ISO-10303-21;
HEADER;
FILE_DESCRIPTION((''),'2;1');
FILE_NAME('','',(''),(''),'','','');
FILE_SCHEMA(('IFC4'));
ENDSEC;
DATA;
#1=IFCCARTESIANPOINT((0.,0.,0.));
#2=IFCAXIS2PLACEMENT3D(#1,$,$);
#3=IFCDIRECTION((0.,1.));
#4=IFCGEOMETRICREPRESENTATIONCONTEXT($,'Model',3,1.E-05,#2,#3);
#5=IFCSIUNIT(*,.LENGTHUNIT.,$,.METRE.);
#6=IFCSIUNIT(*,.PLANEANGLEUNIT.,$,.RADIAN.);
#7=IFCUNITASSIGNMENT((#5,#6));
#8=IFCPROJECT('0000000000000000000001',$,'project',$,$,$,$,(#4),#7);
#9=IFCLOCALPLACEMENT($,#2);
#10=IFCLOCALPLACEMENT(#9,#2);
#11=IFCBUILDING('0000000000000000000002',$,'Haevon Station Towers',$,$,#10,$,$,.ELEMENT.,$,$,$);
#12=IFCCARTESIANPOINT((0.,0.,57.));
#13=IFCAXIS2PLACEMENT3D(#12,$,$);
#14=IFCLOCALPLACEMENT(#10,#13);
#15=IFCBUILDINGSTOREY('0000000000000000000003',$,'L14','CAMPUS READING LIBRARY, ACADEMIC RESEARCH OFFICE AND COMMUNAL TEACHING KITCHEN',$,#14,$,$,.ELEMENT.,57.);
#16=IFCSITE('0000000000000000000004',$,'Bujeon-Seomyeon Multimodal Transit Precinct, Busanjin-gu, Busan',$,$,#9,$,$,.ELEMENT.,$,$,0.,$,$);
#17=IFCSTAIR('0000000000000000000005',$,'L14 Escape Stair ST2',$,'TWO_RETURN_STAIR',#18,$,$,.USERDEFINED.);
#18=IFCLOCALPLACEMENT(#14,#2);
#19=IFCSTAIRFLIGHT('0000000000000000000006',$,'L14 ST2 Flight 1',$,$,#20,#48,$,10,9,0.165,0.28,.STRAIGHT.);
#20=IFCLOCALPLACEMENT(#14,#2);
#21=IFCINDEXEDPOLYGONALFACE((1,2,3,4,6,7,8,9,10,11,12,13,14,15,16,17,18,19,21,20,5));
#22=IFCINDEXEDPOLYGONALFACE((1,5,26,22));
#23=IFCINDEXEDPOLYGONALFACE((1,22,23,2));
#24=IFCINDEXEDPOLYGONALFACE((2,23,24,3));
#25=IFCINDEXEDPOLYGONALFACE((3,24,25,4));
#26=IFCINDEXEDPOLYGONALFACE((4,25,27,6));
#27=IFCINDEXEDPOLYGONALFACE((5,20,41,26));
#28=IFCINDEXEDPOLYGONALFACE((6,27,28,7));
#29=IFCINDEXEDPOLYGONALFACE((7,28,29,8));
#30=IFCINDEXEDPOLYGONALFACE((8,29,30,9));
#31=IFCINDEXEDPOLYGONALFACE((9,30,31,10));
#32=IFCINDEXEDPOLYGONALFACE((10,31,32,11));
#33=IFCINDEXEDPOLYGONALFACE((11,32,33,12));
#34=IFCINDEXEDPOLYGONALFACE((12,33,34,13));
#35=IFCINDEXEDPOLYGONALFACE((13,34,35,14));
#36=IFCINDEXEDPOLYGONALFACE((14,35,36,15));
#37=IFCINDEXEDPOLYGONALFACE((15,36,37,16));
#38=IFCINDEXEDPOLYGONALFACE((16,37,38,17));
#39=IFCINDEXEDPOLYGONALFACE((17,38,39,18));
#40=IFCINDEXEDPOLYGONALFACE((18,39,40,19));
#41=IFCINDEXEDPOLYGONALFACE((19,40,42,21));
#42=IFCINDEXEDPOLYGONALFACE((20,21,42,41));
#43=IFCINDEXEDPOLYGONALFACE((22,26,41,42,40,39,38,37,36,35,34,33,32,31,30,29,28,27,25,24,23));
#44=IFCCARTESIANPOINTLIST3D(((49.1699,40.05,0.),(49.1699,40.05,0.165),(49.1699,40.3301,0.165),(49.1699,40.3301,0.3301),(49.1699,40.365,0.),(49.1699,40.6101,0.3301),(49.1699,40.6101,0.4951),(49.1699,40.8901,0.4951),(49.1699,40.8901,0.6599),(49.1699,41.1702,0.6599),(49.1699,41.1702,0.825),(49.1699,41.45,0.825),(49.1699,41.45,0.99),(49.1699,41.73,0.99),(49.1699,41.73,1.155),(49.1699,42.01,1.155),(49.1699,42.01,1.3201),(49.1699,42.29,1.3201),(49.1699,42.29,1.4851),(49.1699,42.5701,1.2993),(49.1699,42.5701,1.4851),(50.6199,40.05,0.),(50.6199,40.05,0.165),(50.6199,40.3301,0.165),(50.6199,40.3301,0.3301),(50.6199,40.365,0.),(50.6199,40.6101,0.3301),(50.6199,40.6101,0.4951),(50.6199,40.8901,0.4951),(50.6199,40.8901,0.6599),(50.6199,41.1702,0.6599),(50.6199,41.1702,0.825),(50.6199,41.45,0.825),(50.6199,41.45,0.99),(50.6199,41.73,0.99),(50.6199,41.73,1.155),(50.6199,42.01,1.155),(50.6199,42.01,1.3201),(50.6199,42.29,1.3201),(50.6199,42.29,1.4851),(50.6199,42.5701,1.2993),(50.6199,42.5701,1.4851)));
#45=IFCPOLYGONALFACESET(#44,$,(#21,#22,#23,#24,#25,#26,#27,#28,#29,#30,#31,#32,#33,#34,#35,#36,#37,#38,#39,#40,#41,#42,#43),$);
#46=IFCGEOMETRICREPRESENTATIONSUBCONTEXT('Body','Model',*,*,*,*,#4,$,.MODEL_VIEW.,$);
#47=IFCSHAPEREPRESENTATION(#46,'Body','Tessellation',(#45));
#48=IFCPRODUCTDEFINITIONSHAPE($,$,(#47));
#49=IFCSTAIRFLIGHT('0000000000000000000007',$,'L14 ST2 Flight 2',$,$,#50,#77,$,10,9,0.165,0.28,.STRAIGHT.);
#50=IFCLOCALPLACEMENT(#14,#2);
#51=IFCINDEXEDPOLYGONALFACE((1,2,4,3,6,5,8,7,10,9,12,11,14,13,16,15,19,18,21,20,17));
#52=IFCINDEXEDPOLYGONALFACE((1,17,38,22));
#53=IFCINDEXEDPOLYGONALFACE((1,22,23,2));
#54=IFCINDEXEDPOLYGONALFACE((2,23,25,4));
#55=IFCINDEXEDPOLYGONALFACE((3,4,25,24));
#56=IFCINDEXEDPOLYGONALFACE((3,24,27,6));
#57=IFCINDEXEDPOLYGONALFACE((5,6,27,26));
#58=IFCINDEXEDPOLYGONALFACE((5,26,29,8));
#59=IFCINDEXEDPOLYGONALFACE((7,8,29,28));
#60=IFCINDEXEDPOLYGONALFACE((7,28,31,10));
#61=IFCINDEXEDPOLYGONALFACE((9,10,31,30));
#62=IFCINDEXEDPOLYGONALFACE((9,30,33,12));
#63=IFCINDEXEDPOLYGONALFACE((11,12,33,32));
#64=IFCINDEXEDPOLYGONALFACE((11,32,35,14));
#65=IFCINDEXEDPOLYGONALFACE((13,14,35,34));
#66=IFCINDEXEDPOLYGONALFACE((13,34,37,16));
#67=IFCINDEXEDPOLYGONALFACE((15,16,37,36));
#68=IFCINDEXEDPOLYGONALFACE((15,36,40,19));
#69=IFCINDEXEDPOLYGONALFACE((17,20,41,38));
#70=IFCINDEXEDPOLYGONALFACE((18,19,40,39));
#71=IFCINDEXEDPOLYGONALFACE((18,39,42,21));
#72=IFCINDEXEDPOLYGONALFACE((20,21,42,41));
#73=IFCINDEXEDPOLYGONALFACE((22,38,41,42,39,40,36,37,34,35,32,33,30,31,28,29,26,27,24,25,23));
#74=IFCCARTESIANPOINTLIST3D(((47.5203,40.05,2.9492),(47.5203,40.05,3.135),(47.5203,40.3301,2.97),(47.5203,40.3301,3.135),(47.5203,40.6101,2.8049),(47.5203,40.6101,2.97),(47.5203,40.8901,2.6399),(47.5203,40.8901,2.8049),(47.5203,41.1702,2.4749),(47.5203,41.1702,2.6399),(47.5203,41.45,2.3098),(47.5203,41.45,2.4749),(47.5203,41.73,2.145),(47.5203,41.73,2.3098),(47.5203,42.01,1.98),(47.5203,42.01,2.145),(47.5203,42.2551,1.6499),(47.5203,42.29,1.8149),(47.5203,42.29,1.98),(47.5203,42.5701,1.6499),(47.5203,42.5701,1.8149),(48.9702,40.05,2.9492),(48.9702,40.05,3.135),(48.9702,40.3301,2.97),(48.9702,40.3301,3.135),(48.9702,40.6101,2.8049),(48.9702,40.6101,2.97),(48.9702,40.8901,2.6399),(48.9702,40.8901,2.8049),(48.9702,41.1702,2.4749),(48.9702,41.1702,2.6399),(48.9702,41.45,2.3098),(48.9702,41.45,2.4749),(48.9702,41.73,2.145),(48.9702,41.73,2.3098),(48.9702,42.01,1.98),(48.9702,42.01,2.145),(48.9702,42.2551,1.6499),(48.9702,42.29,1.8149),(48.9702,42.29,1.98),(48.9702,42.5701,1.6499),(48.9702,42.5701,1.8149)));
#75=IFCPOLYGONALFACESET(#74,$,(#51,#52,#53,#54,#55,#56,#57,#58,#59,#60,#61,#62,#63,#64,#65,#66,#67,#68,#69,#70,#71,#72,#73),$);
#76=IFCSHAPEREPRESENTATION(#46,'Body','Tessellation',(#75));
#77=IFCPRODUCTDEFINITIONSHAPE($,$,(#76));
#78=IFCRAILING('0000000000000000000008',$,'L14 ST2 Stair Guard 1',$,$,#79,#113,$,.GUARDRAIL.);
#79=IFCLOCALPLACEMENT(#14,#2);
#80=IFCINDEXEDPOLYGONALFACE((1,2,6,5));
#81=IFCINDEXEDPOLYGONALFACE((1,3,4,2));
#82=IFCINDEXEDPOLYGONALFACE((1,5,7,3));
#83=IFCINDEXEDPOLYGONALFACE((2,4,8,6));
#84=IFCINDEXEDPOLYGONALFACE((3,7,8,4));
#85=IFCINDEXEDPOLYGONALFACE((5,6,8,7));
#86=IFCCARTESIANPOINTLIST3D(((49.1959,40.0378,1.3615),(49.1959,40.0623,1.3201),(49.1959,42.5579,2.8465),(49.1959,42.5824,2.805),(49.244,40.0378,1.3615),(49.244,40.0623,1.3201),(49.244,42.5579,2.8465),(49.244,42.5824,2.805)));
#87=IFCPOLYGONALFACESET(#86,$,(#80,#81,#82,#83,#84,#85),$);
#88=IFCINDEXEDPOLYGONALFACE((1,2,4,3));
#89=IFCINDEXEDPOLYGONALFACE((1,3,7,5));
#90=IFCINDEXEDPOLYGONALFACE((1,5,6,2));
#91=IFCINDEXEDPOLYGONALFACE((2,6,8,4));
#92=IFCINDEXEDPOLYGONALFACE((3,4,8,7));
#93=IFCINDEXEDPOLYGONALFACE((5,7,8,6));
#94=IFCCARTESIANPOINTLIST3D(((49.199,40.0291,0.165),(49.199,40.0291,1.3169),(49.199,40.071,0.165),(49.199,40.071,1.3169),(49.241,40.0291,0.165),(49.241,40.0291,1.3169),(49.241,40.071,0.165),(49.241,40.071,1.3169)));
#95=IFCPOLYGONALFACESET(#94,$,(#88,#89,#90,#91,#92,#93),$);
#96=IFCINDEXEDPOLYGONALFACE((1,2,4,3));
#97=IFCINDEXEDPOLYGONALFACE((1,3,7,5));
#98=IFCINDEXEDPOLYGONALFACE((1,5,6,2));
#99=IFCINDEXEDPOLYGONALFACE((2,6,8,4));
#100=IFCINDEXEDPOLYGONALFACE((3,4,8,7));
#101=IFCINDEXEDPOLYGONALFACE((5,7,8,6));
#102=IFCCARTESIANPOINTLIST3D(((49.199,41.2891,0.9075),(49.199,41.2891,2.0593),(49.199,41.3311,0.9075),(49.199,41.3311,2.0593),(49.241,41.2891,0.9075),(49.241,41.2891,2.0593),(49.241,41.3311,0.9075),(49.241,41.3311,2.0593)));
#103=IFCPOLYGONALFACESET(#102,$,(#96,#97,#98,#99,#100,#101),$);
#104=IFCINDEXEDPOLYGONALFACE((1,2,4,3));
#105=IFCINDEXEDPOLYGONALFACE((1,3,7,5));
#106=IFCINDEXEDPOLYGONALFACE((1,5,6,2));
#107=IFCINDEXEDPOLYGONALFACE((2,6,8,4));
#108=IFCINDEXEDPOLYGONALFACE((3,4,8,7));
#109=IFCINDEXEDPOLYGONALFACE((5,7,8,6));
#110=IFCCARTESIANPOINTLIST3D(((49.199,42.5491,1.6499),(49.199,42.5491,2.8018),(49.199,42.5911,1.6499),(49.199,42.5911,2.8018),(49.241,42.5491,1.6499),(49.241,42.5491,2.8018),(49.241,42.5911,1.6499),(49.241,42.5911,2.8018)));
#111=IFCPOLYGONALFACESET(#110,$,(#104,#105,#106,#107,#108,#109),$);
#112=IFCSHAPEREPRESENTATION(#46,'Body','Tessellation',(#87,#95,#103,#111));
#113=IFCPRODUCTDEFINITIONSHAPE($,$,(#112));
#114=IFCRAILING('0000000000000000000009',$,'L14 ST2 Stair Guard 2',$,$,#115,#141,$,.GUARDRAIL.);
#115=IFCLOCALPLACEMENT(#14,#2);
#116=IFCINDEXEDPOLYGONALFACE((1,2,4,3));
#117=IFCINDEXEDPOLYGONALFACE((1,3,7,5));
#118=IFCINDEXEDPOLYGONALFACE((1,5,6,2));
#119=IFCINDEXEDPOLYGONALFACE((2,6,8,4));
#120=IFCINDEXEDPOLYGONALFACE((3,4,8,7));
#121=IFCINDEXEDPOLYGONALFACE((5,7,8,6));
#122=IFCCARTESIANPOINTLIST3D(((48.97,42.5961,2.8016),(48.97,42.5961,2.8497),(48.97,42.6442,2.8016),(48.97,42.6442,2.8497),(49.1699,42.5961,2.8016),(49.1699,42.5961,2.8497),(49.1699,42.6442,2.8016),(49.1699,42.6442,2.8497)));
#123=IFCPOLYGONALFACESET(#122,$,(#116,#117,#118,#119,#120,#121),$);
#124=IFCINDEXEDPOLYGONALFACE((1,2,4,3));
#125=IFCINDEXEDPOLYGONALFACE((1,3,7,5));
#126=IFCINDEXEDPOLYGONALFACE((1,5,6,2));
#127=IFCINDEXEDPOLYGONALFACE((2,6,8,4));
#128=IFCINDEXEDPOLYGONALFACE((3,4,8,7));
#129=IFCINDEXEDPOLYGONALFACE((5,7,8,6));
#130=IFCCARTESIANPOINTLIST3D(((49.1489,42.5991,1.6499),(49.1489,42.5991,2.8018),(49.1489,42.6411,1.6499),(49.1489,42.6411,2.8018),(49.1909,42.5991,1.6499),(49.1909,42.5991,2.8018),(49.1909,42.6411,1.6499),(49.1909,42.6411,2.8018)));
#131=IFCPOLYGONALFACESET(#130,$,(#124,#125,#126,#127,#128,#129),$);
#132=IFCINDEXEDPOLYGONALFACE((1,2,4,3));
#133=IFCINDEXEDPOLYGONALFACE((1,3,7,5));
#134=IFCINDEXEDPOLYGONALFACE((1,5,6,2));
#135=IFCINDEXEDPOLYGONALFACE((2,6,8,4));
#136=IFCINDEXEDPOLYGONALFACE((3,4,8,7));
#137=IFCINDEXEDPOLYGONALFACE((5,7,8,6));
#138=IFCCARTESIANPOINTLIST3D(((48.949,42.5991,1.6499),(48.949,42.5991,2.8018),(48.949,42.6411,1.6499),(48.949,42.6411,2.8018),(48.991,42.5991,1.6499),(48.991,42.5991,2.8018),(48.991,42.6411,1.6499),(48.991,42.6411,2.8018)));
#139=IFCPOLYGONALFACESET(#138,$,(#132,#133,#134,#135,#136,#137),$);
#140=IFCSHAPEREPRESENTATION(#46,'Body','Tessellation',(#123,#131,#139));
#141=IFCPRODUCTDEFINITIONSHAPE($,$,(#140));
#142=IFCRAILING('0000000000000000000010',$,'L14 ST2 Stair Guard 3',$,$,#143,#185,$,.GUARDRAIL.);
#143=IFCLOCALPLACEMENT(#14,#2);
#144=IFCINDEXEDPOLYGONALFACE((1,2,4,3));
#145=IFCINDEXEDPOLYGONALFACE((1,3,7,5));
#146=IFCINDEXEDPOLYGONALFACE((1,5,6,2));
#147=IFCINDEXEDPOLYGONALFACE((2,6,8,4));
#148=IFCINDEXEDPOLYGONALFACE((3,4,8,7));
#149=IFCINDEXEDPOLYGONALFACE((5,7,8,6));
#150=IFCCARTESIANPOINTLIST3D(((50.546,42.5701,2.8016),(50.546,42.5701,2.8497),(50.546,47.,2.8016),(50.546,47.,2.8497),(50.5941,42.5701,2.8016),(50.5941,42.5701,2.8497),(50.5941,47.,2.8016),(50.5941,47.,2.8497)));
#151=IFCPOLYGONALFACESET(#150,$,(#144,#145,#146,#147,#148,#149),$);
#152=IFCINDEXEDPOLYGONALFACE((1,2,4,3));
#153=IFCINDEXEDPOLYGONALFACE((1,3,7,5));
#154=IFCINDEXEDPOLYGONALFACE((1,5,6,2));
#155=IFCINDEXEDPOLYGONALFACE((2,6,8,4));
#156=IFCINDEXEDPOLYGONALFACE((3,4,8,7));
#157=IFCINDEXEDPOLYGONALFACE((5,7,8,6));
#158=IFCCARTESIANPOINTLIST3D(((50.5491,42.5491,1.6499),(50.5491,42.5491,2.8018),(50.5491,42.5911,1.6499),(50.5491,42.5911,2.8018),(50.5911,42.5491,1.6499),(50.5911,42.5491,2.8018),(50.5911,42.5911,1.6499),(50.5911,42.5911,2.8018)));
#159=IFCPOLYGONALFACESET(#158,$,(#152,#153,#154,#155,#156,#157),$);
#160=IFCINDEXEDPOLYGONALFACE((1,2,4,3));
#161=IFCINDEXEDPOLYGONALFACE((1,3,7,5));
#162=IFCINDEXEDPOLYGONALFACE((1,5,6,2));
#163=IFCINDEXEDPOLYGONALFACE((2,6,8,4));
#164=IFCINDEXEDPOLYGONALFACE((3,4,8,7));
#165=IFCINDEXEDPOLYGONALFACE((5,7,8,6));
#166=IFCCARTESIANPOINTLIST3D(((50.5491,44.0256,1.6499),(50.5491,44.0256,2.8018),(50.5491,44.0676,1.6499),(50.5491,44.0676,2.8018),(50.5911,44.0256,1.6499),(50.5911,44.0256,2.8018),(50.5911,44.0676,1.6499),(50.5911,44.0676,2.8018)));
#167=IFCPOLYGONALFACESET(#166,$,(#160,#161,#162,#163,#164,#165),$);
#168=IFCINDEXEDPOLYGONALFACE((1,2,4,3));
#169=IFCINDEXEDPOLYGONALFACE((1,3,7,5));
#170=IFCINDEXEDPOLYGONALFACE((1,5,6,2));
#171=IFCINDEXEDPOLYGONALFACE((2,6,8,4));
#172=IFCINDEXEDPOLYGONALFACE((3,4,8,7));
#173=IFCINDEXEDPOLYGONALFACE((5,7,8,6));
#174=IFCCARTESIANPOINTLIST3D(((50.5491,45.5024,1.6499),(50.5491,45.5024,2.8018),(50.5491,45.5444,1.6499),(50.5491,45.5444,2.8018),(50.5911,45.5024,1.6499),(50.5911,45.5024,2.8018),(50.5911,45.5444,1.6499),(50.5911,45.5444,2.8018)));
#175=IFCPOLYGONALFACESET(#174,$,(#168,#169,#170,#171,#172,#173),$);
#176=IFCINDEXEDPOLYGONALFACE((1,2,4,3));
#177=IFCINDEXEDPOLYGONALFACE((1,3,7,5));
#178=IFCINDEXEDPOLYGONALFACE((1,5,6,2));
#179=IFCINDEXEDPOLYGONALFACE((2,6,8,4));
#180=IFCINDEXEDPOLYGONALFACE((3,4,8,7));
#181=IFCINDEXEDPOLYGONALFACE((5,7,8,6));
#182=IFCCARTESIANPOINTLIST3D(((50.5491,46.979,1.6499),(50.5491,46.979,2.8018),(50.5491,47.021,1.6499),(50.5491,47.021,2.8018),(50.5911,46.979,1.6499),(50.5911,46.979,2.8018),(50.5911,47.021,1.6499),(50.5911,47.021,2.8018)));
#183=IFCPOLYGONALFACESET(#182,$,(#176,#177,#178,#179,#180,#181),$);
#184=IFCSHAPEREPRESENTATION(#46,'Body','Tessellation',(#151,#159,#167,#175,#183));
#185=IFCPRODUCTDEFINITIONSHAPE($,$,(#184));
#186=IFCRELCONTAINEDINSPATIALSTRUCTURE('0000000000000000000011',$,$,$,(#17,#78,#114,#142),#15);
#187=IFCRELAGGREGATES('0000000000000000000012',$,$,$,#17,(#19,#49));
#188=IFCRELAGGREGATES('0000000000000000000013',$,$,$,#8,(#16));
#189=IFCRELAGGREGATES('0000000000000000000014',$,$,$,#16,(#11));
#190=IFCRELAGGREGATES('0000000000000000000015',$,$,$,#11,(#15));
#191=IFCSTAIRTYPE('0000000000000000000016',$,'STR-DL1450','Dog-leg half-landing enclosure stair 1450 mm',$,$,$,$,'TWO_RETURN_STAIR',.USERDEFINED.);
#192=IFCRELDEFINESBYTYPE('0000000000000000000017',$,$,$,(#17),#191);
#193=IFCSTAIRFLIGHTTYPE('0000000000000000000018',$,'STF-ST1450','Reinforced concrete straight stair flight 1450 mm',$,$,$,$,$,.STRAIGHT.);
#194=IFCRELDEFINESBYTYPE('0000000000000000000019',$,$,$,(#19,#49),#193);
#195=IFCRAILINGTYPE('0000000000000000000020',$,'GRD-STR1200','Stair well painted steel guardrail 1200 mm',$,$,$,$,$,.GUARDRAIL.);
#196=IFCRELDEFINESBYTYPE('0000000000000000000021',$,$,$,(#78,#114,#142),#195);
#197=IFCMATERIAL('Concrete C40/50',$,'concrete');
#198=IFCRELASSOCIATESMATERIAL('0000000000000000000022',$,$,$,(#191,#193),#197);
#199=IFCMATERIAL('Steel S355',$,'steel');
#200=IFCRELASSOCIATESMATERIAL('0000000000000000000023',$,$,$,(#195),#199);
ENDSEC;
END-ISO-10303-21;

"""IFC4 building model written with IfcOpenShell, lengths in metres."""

from ifc_helpers import new_model, si_unit, direction, frame, origin, origin_2d, place, context, subcontext, project, spatial, polyline, rectangle, outline, extrude, material, type_object, element, aggregate, save


model = new_model("IFC4")

# Units and contexts
model_context = context("Model", 3, precision=1e-05, world=origin(), true_north=direction((0.0, 1.0)))
body_context = subcontext(model_context, "Body", "Model", "MODEL_VIEW")
ifc_project = project(units=[si_unit("LENGTHUNIT", "METRE"), si_unit("PLANEANGLEUNIT", "RADIAN")], contexts=[model_context])

# Site, building, storey
site_placement = place(None, origin())
site = spatial("IfcSite", under=ifc_project, at=site_placement, Name="Bujeon-Seomyeon Multimodal Transit Precinct, Busanjin-gu, Busan", CompositionType="ELEMENT", RefElevation=0.0)
building_placement = place(site_placement, origin())
building = spatial("IfcBuilding", under=site, at=building_placement, Name="Haevon Station Towers", CompositionType="ELEMENT")
storey_placement = place(building_placement, frame((0.0, 0.0, 57.0)))
storey = spatial("IfcBuildingStorey", under=building, at=storey_placement, Name="L14", Description="CAMPUS READING LIBRARY, ACADEMIC RESEARCH OFFICE AND COMMUNAL TEACHING KITCHEN", CompositionType="ELEMENT", Elevation=57.0)

# Shared definitions
ifc_material_1 = material(Name="Steel S355", Category="steel")

# Shared definitions
ifc_material_2 = material(Name="Concrete C40/50", Category="concrete")

# Stair, stair flights
stair_type = type_object("IfcStairType", Name="STR-DL1450", Description="Dog-leg half-landing enclosure stair 1450 mm", ElementType="TWO_RETURN_STAIR", PredefinedType="USERDEFINED", material=ifc_material_2)
stair_placement = place(storey_placement, origin())
stair = element("IfcStair", 1, at=stair_placement, inside=storey, type_object=stair_type, Name="L14 Escape Stair ST2", ObjectType="TWO_RETURN_STAIR", PredefinedType="USERDEFINED")
stair_flight_type = type_object("IfcStairFlightType", Name="STF-ST1450", Description="Reinforced concrete straight stair flight 1450 mm", PredefinedType="STRAIGHT", material=ifc_material_2)
stair_flight_1_placement = place(storey_placement, frame((49.895, 40.05, 0.0), z_axis=(0.0, 0.0, 1.0), x_axis=(0.0, 1.0, 0.0)))
stair_flight_1 = element("IfcStairFlight", 2, at=stair_flight_1_placement, type_object=stair_flight_type, Name="L14 ST2 Flight 1", NumberOfRisers=10, NumberOfTreads=9, PredefinedType="STRAIGHT", RiserHeight=0.165, TreadLength=0.28, context=body_context, shape_type="SweptSolid", body=[
    extrude(outline(polyline([(0.0, 0.0), (0.0, 0.165), (0.28, 0.165), (0.28, 0.3301), (0.5601, 0.3301), (0.5601, 0.4951), (0.8401, 0.4951), (0.8401, 0.6599), (1.1201, 0.6599), (1.1201, 0.825), (1.3999, 0.825), (1.3999, 0.99), (1.6799, 0.99), (1.6799, 1.155), (1.96, 1.155), (1.96, 1.3201), (2.24, 1.3201), (2.24, 1.4851), (2.52, 1.4851), (2.52, 1.6499), (2.52, 1.2993), (0.3149, 0.0), (0.0, 0.0)])), frame((0.0, 0.7251, 0.0), z_axis=(0.0, -1.0, 0.0), x_axis=(1.0, 0.0, 0.0)), (0.0, 0.0, 1.0), 1.45),
])
stair_flight_2_placement = place(storey_placement, frame((48.2451, 42.5701, 1.6499), z_axis=(0.0, 0.0, 1.0), x_axis=(0.0, -1.0, 0.0)))
stair_flight_2 = element("IfcStairFlight", 3, at=stair_flight_2_placement, type_object=stair_flight_type, Name="L14 ST2 Flight 2", NumberOfRisers=10, NumberOfTreads=9, PredefinedType="STRAIGHT", RiserHeight=0.165, TreadLength=0.28, context=body_context, shape_type="SweptSolid", body=[
    extrude(outline(polyline([(0.0, 0.0), (0.0, 0.165), (0.28, 0.165), (0.28, 0.3301), (0.5601, 0.3301), (0.5601, 0.4951), (0.8401, 0.4951), (0.8401, 0.6599), (1.1201, 0.6599), (1.1201, 0.825), (1.3999, 0.825), (1.3999, 0.99), (1.6799, 0.99), (1.6799, 1.155), (1.96, 1.155), (1.96, 1.3201), (2.24, 1.3201), (2.24, 1.4851), (2.52, 1.4851), (2.52, 1.6499), (2.52, 1.2993), (0.3149, 0.0), (0.0, 0.0)])), frame((0.0, 0.7251, 0.0), z_axis=(0.0, -1.0, 0.0), x_axis=(1.0, 0.0, 0.0)), (0.0, 0.0, 1.0), 1.45),
])
aggregate(stair, [stair_flight_1, stair_flight_2])

# Railings
railing_type_1 = type_object("IfcRailingType", Name="GRD-STR1200", Description="Stair well painted steel guardrail 1200 mm", PredefinedType="GUARDRAIL", material=ifc_material_1)
railing_1_placement = place(storey_placement, frame((49.22, 40.05, 0.165)))
element("IfcRailing", 4, at=railing_1_placement, inside=storey, type_object=railing_type_1, Name="L14 ST2 Stair Guard 1", PredefinedType="GUARDRAIL", context=body_context, shape_type="SweptSolid", body=[
    extrude(rectangle(XDim=0.0481, YDim=0.0481, at=origin_2d()), frame((0.0, 0.0, 1.1758), z_axis=(0.0, 0.861561, 0.507655), x_axis=(-1.0, 0.0, 0.0)), (0.0, 0.0, 1.0), 2.925),
    extrude(rectangle(XDim=0.042, YDim=0.042, at=origin_2d()), origin(), (0.0, 0.0, 1.0), 1.1519),
    extrude(rectangle(XDim=0.042, YDim=0.042, at=origin_2d()), frame((0.0, 1.26, 0.7424)), (0.0, 0.0, 1.0), 1.1519),
    extrude(rectangle(XDim=0.042, YDim=0.042, at=origin_2d()), frame((0.0, 2.52, 1.4849)), (0.0, 0.0, 1.0), 1.1519),
])
railing_2_placement = place(storey_placement, frame((49.1699, 42.6201, 1.6499)))
element("IfcRailing", 5, at=railing_2_placement, inside=storey, type_object=railing_type_1, Name="L14 ST2 Stair Guard 2", PredefinedType="GUARDRAIL", context=body_context, shape_type="SweptSolid", body=[
    extrude(rectangle(XDim=0.0481, YDim=0.0481, at=origin_2d()), frame((0.0, 0.0, 1.1758), z_axis=(-1.0, 0.0, 0.0), x_axis=(0.0, -1.0, 0.0)), (0.0, 0.0, 1.0), 0.2),
    extrude(rectangle(XDim=0.042, YDim=0.042, at=origin_2d()), origin(), (0.0, 0.0, 1.0), 1.1519),
    extrude(rectangle(XDim=0.042, YDim=0.042, at=origin_2d()), frame((-0.2, 0.0, 0.0)), (0.0, 0.0, 1.0), 1.1519),
])
for number, where, name in (
    (6, (50.5701, 42.5701, 1.6499), "L14 ST2 Stair Guard 3"),
):
    element("IfcRailing", number, at=place(storey_placement, frame(where)), inside=storey, type_object=railing_type_1, Name=name, PredefinedType="GUARDRAIL", context=body_context, shape_type="SweptSolid", body=[
        extrude(rectangle(XDim=0.0481, YDim=0.0481, at=origin_2d()), frame((0.0, 0.0, 1.1758), z_axis=(0.0, 1.0, 0.0), x_axis=(-1.0, 0.0, 0.0)), (0.0, 0.0, 1.0), 4.4299),
        extrude(rectangle(XDim=0.042, YDim=0.042, at=origin_2d()), origin(), (0.0, 0.0, 1.0), 1.1519),
        extrude(rectangle(XDim=0.042, YDim=0.042, at=origin_2d()), frame((0.0, 1.4766, 0.0)), (0.0, 0.0, 1.0), 1.1519),
        extrude(rectangle(XDim=0.042, YDim=0.042, at=origin_2d()), frame((0.0, 2.9534, 0.0)), (0.0, 0.0, 1.0), 1.1519),
        extrude(rectangle(XDim=0.042, YDim=0.042, at=origin_2d()), frame((0.0, 4.4299, 0.0)), (0.0, 0.0, 1.0), 1.1519),
    ])

save(model, "model.ifc")
